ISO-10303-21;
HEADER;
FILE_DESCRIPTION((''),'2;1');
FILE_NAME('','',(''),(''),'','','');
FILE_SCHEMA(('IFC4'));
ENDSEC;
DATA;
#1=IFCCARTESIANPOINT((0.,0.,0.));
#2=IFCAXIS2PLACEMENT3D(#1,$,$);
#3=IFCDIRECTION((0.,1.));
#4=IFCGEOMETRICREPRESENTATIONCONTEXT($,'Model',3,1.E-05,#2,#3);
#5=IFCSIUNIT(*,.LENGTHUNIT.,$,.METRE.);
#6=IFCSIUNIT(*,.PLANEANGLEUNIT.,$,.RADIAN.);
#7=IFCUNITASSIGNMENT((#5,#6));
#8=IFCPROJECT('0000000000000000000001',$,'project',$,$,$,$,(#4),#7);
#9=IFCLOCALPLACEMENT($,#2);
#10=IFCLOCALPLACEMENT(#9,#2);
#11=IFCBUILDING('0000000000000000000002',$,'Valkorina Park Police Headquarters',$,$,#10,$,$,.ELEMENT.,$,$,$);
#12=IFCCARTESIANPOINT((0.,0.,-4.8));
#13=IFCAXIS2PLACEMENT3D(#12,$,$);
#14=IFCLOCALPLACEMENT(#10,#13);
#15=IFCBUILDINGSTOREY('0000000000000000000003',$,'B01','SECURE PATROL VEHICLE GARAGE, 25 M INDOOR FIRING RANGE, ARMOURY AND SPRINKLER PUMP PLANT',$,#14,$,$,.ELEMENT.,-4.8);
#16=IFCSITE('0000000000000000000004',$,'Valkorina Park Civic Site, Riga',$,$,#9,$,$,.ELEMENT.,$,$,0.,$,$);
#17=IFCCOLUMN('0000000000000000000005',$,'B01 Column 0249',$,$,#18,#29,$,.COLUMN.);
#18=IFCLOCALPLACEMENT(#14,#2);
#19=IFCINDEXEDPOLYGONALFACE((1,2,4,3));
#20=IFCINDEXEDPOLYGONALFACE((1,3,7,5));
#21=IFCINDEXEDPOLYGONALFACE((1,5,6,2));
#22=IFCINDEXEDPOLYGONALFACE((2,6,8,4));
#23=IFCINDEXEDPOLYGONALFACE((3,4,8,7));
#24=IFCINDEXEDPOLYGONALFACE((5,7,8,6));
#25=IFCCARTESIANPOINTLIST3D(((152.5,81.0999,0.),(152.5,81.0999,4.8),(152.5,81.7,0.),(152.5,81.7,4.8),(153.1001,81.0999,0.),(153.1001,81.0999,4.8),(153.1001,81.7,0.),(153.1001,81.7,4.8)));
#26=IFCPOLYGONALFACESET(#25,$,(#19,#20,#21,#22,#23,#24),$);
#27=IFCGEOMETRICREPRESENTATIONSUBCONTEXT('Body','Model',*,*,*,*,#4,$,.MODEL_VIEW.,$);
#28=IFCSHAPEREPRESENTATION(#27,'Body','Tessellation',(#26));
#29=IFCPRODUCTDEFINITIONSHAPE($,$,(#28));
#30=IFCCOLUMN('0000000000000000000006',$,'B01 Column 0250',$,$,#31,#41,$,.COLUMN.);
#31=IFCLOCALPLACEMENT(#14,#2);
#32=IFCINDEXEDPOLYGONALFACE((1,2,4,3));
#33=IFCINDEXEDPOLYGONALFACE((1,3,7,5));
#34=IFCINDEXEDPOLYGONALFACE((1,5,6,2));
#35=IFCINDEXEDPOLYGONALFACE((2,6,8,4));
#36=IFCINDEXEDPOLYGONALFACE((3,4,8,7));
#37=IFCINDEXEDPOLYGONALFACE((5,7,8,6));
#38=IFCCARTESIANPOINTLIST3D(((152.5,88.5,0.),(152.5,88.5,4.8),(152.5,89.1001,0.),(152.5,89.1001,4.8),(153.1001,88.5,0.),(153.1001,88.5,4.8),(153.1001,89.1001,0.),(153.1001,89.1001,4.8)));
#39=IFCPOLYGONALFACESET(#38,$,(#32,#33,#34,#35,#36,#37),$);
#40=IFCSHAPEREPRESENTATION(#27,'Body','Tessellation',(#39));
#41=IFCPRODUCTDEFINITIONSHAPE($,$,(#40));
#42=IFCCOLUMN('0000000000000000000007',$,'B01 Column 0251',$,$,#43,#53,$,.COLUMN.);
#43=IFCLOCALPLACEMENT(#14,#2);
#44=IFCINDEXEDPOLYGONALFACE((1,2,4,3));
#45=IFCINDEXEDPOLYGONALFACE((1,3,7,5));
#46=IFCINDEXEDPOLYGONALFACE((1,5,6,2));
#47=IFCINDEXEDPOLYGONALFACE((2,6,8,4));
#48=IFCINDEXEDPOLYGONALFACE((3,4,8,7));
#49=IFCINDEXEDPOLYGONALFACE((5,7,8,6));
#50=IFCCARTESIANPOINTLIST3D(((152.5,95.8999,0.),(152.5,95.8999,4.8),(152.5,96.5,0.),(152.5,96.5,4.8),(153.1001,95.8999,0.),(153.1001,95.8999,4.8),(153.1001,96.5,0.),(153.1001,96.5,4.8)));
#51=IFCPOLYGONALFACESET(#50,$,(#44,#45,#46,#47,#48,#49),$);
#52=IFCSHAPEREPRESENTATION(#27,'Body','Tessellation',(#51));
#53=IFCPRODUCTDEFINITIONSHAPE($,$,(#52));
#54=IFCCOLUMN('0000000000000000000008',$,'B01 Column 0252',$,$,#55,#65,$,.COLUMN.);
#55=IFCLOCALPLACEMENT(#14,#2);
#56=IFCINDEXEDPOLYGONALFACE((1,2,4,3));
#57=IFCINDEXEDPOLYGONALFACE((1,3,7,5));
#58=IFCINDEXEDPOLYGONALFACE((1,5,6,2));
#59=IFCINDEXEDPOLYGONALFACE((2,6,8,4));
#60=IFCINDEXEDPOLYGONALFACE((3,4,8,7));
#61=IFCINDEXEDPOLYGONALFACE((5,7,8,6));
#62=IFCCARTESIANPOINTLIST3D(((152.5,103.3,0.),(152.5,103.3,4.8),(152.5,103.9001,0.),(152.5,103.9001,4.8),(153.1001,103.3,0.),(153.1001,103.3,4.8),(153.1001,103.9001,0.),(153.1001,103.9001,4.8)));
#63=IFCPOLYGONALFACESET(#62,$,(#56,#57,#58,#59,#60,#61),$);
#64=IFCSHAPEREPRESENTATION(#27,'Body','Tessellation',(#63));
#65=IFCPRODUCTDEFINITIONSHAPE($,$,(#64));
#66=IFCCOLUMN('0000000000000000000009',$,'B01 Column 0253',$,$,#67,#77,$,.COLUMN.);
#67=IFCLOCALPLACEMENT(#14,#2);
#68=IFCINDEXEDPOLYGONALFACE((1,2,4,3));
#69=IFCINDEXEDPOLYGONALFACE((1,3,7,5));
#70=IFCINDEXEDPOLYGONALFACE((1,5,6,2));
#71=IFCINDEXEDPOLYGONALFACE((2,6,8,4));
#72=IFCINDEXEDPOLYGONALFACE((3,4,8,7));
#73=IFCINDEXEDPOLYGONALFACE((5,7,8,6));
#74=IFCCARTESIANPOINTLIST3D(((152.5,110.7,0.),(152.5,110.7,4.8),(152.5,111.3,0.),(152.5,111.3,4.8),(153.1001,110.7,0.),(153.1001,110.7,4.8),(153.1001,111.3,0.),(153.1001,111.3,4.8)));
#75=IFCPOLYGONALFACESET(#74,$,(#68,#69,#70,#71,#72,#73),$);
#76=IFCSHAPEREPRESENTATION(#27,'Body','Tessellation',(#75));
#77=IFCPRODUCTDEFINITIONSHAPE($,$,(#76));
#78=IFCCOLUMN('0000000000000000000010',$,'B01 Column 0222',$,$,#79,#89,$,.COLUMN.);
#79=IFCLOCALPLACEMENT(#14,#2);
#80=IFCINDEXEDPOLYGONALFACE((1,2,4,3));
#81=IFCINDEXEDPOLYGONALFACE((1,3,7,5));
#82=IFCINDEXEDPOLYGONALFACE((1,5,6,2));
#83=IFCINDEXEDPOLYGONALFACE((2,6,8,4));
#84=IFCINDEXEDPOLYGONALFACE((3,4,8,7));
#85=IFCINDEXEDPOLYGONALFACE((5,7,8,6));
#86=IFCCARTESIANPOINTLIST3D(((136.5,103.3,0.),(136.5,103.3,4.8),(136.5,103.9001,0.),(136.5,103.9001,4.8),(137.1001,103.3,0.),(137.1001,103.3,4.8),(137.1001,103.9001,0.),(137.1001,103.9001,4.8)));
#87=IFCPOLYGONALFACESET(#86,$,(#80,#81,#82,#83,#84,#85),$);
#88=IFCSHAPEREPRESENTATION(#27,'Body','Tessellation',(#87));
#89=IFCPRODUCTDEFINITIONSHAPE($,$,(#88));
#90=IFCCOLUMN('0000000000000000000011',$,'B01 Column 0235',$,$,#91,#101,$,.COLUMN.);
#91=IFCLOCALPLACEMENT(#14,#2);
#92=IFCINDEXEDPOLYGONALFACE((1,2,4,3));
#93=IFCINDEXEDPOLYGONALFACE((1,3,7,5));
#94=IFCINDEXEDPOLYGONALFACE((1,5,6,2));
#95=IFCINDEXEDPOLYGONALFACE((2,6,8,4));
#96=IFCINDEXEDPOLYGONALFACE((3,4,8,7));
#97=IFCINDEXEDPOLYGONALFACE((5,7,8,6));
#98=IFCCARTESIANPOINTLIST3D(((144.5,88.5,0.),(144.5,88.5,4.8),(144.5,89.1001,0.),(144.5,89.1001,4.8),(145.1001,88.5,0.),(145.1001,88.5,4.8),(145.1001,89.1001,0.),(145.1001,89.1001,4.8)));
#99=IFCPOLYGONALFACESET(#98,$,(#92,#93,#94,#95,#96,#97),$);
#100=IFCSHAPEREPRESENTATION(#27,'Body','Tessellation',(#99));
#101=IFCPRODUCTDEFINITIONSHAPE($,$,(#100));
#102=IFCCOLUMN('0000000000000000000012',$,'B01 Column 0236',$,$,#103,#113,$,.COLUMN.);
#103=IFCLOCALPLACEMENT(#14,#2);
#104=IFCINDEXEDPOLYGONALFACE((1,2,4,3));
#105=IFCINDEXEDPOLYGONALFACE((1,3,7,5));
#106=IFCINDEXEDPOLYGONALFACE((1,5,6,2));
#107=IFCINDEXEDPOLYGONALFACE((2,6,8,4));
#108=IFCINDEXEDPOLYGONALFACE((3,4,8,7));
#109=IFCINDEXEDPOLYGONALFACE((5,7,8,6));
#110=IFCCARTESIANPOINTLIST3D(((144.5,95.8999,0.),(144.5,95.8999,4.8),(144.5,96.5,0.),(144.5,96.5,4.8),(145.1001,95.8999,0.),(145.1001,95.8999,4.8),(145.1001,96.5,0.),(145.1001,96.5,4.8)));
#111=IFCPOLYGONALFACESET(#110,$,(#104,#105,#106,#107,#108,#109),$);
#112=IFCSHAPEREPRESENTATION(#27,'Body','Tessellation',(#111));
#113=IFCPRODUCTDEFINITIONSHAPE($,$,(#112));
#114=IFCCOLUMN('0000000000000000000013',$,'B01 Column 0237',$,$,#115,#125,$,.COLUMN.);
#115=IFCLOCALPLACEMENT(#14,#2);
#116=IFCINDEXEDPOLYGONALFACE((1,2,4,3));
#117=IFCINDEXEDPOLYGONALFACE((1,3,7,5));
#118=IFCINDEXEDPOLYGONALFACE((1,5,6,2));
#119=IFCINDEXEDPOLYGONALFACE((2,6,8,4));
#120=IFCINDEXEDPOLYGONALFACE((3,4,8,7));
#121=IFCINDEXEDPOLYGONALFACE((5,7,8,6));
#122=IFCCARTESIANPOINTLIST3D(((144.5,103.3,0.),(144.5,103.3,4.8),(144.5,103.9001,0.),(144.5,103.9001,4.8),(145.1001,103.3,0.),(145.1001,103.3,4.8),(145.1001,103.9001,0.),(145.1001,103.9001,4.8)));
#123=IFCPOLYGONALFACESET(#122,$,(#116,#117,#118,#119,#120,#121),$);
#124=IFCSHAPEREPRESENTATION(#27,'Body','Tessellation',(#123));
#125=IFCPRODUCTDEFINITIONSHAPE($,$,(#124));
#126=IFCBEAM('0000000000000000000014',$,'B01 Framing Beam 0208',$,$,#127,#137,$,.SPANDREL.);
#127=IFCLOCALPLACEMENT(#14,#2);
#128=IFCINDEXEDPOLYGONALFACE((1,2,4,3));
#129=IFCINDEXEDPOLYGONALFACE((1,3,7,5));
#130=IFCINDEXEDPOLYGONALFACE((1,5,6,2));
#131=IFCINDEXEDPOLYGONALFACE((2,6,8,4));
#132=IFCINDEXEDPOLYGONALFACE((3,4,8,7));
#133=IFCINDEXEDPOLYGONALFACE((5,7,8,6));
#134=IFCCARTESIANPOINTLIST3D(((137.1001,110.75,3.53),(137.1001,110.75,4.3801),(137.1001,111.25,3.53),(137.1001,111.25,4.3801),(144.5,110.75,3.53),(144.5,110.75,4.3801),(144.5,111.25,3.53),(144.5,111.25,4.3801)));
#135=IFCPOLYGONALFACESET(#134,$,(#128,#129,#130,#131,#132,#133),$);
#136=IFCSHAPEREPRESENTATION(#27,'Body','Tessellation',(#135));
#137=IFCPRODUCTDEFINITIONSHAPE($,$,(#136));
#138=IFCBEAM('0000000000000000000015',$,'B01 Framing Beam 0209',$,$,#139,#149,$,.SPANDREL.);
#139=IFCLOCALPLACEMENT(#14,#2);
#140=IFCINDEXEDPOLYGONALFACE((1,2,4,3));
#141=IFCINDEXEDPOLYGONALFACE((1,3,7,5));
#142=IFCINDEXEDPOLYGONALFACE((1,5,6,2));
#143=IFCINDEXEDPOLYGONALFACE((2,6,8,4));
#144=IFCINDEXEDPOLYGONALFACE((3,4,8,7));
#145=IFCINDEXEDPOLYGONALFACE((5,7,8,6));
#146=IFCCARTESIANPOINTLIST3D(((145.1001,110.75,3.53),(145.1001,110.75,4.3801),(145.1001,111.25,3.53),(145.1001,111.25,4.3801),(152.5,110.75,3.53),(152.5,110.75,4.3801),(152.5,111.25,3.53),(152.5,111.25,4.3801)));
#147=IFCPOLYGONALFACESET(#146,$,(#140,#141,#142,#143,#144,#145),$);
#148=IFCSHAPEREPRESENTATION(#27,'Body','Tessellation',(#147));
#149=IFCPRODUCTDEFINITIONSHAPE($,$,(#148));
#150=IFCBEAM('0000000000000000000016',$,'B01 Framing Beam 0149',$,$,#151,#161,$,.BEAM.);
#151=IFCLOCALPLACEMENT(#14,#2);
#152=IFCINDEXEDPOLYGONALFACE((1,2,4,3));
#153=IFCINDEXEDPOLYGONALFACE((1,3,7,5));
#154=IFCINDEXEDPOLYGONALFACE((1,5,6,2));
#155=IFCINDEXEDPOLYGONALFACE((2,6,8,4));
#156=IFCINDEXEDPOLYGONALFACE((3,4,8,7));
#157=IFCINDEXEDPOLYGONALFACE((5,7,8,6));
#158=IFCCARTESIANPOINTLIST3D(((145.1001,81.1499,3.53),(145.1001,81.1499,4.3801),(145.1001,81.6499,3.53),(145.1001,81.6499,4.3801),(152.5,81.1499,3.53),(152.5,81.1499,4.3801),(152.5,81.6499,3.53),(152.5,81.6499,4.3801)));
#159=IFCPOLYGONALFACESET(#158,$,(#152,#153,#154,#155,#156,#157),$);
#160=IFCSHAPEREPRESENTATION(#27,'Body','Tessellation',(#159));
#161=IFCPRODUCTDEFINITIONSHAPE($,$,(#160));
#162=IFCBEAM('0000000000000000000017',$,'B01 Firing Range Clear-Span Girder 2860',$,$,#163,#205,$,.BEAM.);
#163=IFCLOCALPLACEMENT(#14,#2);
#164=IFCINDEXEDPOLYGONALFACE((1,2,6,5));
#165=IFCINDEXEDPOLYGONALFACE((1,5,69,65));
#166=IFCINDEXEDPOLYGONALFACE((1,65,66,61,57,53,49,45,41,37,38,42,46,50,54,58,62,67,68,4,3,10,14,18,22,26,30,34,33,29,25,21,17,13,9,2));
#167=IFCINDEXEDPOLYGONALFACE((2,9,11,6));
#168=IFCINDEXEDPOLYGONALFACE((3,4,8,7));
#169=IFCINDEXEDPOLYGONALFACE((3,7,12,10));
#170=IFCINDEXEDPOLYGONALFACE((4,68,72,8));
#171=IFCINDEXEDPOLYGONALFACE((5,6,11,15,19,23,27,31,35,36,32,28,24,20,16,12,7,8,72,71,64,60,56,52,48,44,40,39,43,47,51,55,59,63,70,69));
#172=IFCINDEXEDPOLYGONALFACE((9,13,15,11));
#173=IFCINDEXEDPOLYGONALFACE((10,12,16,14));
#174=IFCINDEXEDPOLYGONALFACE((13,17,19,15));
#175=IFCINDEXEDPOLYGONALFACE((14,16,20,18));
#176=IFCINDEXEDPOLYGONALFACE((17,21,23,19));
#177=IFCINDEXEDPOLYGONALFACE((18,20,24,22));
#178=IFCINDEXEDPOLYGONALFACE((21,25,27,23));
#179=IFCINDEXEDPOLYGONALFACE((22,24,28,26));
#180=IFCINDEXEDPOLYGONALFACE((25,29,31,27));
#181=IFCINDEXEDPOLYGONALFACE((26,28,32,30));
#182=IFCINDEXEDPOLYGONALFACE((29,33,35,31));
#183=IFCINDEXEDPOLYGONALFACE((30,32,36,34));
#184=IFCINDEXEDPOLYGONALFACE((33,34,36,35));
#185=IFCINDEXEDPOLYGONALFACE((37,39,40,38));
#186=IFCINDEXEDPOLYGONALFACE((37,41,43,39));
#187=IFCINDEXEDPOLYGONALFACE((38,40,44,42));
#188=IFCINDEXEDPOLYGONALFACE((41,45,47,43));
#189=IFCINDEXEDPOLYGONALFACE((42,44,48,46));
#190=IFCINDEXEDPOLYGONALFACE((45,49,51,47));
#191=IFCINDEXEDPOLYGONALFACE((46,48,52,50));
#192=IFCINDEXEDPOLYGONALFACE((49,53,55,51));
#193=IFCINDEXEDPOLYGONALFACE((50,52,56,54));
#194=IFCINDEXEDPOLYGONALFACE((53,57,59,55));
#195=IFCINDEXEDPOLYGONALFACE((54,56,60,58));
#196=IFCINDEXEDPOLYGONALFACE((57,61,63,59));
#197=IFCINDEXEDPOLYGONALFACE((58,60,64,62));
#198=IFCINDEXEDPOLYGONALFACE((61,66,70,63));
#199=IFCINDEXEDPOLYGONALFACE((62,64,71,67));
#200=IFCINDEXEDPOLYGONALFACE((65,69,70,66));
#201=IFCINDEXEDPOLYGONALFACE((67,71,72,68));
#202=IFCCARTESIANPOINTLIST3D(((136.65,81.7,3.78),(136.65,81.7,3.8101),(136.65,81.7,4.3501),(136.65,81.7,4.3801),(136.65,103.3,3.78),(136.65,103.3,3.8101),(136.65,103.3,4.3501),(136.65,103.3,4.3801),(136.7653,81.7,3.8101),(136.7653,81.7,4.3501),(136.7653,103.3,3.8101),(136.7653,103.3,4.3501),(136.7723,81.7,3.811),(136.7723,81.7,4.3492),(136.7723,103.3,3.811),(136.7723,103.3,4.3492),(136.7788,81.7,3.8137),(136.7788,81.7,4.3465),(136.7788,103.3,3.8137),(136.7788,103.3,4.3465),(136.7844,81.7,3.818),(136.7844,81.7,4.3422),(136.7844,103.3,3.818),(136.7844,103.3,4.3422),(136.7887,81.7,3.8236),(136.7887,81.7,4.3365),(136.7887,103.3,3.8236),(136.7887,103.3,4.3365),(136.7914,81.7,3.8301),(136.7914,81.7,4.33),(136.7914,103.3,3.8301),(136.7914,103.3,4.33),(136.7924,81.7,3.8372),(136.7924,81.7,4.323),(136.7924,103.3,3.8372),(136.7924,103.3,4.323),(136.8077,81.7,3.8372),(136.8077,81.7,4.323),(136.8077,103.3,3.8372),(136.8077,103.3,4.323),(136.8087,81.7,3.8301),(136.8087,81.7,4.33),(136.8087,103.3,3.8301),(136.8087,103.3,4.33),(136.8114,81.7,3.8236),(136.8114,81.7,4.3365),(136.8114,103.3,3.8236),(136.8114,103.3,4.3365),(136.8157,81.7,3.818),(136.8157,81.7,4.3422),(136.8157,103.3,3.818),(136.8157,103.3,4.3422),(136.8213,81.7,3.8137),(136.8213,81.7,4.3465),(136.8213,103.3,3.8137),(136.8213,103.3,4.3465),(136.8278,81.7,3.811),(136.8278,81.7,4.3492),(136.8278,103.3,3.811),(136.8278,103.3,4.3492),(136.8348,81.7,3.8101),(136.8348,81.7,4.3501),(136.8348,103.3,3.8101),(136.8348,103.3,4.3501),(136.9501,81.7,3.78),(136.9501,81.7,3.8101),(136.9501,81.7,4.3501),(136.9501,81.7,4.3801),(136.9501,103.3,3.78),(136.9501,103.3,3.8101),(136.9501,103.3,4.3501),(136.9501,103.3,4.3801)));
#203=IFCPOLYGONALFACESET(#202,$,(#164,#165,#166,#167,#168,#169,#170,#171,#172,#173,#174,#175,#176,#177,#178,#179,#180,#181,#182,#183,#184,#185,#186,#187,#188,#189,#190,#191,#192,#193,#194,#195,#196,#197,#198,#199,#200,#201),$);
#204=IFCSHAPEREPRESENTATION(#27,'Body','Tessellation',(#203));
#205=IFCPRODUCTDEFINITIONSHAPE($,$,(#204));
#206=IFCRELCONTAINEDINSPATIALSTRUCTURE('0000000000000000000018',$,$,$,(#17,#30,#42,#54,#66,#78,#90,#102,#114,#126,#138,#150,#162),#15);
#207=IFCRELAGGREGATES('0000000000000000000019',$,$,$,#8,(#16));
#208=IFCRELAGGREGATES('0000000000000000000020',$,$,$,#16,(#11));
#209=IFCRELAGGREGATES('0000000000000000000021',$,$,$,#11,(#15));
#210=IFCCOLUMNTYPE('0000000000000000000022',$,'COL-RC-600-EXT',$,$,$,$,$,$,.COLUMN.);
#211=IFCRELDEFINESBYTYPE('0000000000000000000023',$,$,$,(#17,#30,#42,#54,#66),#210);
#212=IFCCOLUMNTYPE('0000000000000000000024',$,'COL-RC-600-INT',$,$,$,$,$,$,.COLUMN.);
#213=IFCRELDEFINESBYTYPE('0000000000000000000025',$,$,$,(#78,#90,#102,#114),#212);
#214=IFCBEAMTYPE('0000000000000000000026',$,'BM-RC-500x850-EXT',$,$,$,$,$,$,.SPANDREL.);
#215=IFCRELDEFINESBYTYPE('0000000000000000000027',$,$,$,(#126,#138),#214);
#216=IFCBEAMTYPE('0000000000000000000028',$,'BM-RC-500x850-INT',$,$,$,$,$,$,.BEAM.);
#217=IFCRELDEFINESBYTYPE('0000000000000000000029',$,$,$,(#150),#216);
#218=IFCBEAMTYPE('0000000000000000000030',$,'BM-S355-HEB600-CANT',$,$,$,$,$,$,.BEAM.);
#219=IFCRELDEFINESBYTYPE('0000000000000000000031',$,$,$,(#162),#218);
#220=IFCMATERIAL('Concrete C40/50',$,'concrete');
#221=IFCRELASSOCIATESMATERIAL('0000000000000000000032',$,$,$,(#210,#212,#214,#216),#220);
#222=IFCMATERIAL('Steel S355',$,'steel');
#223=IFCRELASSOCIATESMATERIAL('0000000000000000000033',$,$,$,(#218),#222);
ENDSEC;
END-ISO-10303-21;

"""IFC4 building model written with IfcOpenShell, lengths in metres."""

from ifc_helpers import new_model, si_unit, direction, frame, origin, origin_2d, place, context, subcontext, project, spatial, rectangle, i_section, extrude, material, material_profile, profile_set, type_object, element, save


model = new_model("IFC4")

# Units and contexts
model_context = context("Model", 3, precision=1e-05, world=origin(), true_north=direction((0.0, 1.0)))
body_context = subcontext(model_context, "Body", "Model", "MODEL_VIEW")
ifc_project = project(units=[si_unit("LENGTHUNIT", "METRE"), si_unit("PLANEANGLEUNIT", "RADIAN")], contexts=[model_context])

# Site, building, storey
site_placement = place(None, origin())
site = spatial("IfcSite", under=ifc_project, at=site_placement, Name="Valkorina Park Civic Site, Riga", CompositionType="ELEMENT", RefElevation=0.0)
building_placement = place(site_placement, origin())
building = spatial("IfcBuilding", under=site, at=building_placement, Name="Valkorina Park Police Headquarters", CompositionType="ELEMENT")
storey_placement = place(building_placement, frame((0.0, 0.0, -4.8)))
storey = spatial("IfcBuildingStorey", under=building, at=storey_placement, Name="B01", Description="SECURE PATROL VEHICLE GARAGE, 25 M INDOOR FIRING RANGE, ARMOURY AND SPRINKLER PUMP PLANT", CompositionType="ELEMENT", Elevation=-4.8)

# Columns
ifc_material_1 = material(Name="Concrete C40/50", Category="concrete")
ifc_material_profile_1 = material_profile(ifc_material_1, rectangle(XDim=0.6001, YDim=0.6001, at=origin_2d()), Name="RC COL 600x600")
ifc_profile_set_1 = profile_set([ifc_material_profile_1], Name="Concrete C40/50")
column_type_1 = type_object("IfcColumnType", Name="COL-RC-600-EXT", PredefinedType="COLUMN", material=ifc_profile_set_1)
for number, where, z_axis, x_axis, name in (
    (1, (152.8, 81.3999, 0.0), (0.0, 0.0, 1.0), (1.0, 0.0, 0.0), "B01 Column 0249"),
    (2, (152.8, 88.8, 0.0), (0.0, 0.0, 1.0), (1.0, 0.0, 0.0), "B01 Column 0250"),
    (3, (152.8, 96.2, 0.0), (0.0, 0.0, 1.0), (1.0, 0.0, 0.0), "B01 Column 0251"),
    (4, (152.8, 103.6001, 0.0), (0.0, 0.0, 1.0), (1.0, 0.0, 0.0), "B01 Column 0252"),
    (5, (152.8, 111.0, 0.0), (0.0, 0.0, 1.0), (1.0, 0.0, 0.0), "B01 Column 0253"),
):
    element("IfcColumn", number, at=place(storey_placement, frame(where, z_axis=z_axis, x_axis=x_axis)), inside=storey, type_object=column_type_1, Name=name, PredefinedType="COLUMN", context=body_context, shape_type="SweptSolid", body=[
        extrude(rectangle(XDim=0.6001, YDim=0.6001, at=origin_2d()), origin(), (0.0, 0.0, 1.0), 4.8),
    ])
ifc_material_profile_2 = material_profile(ifc_material_1, rectangle(XDim=0.6001, YDim=0.6001, at=origin_2d()), Name="RC COL 600x600")
ifc_profile_set_2 = profile_set([ifc_material_profile_2], Name="Concrete C40/50")
column_type_2 = type_object("IfcColumnType", Name="COL-RC-600-INT", PredefinedType="COLUMN", material=ifc_profile_set_2)
for number, where, z_axis, x_axis, name in (
    (6, (136.8, 103.6001, 0.0), (0.0, 0.0, 1.0), (1.0, 0.0, 0.0), "B01 Column 0222"),
    (7, (144.8, 88.8, 0.0), (0.0, 0.0, 1.0), (1.0, 0.0, 0.0), "B01 Column 0235"),
    (8, (144.8, 96.2, 0.0), (0.0, 0.0, 1.0), (1.0, 0.0, 0.0), "B01 Column 0236"),
    (9, (144.8, 103.6001, 0.0), (0.0, 0.0, 1.0), (1.0, 0.0, 0.0), "B01 Column 0237"),
):
    element("IfcColumn", number, at=place(storey_placement, frame(where, z_axis=z_axis, x_axis=x_axis)), inside=storey, type_object=column_type_2, Name=name, PredefinedType="COLUMN", context=body_context, shape_type="SweptSolid", body=[
        extrude(rectangle(XDim=0.6001, YDim=0.6001, at=origin_2d()), origin(), (0.0, 0.0, 1.0), 4.8),
    ])

# Beams
ifc_material_profile_3 = material_profile(ifc_material_1, rectangle(XDim=0.5, YDim=0.8501, at=origin_2d()), Name="RC BEAM 500x850")
ifc_profile_set_3 = profile_set([ifc_material_profile_3], Name="Concrete C40/50")
beam_type_1 = type_object("IfcBeamType", Name="BM-RC-500x850-EXT", PredefinedType="SPANDREL", material=ifc_profile_set_3)
for number, where, z_axis, x_axis, name in (
    (10, (137.1001, 111.0, 3.9551), (1.0, 0.0, 0.0), (0.0, 1.0, 0.0), "B01 Framing Beam 0208"),
    (11, (145.1001, 111.0, 3.9551), (1.0, 0.0, 0.0), (0.0, 1.0, 0.0), "B01 Framing Beam 0209"),
):
    element("IfcBeam", number, at=place(storey_placement, frame(where, z_axis=z_axis, x_axis=x_axis)), inside=storey, type_object=beam_type_1, Name=name, PredefinedType="SPANDREL", context=body_context, shape_type="SweptSolid", body=[
        extrude(rectangle(XDim=0.5, YDim=0.8501, at=origin_2d()), origin(), (0.0, 0.0, 1.0), 7.3999),
    ])
ifc_material_profile_4 = material_profile(ifc_material_1, rectangle(XDim=0.5, YDim=0.8501, at=origin_2d()), Name="RC BEAM 500x850")
ifc_profile_set_4 = profile_set([ifc_material_profile_4], Name="Concrete C40/50")
beam_type_2 = type_object("IfcBeamType", Name="BM-RC-500x850-INT", PredefinedType="BEAM", material=ifc_profile_set_4)
beam_1_placement = place(storey_placement, frame((145.1001, 81.3999, 3.9551), z_axis=(1.0, 0.0, 0.0), x_axis=(0.0, 1.0, 0.0)))
element("IfcBeam", 12, at=beam_1_placement, inside=storey, type_object=beam_type_2, Name="B01 Framing Beam 0149", PredefinedType="BEAM", context=body_context, shape_type="SweptSolid", body=[
    extrude(rectangle(XDim=0.5, YDim=0.8501, at=origin_2d()), origin(), (0.0, 0.0, 1.0), 7.3999),
])
ifc_material_2 = material(Name="Steel S355", Category="steel")
ifc_material_profile_5 = material_profile(ifc_material_2, i_section(OverallWidth=0.3, OverallDepth=0.6001, WebThickness=0.0154, FlangeThickness=0.03, FilletRadius=0.0271, at=origin_2d()), Name="HEB 600")
ifc_profile_set_5 = profile_set([ifc_material_profile_5], Name="Steel S355")
beam_type_3 = type_object("IfcBeamType", Name="BM-S355-HEB600-CANT", PredefinedType="BEAM", material=ifc_profile_set_5)
beam_2_placement = place(storey_placement, frame((136.8, 81.7, 4.0801), z_axis=(0.0, 1.0, 0.0), x_axis=(-1.0, 0.0, 0.0)))
element("IfcBeam", 13, at=beam_2_placement, inside=storey, type_object=beam_type_3, Name="B01 Firing Range Clear-Span Girder 2860", PredefinedType="BEAM", context=body_context, shape_type="SweptSolid", body=[
    extrude(i_section(OverallWidth=0.3, OverallDepth=0.6001, WebThickness=0.0154, FlangeThickness=0.03, FilletRadius=0.0271, at=origin_2d()), origin(), (0.0, 0.0, 1.0), 21.6001),
])

save(model, "model.ifc")
